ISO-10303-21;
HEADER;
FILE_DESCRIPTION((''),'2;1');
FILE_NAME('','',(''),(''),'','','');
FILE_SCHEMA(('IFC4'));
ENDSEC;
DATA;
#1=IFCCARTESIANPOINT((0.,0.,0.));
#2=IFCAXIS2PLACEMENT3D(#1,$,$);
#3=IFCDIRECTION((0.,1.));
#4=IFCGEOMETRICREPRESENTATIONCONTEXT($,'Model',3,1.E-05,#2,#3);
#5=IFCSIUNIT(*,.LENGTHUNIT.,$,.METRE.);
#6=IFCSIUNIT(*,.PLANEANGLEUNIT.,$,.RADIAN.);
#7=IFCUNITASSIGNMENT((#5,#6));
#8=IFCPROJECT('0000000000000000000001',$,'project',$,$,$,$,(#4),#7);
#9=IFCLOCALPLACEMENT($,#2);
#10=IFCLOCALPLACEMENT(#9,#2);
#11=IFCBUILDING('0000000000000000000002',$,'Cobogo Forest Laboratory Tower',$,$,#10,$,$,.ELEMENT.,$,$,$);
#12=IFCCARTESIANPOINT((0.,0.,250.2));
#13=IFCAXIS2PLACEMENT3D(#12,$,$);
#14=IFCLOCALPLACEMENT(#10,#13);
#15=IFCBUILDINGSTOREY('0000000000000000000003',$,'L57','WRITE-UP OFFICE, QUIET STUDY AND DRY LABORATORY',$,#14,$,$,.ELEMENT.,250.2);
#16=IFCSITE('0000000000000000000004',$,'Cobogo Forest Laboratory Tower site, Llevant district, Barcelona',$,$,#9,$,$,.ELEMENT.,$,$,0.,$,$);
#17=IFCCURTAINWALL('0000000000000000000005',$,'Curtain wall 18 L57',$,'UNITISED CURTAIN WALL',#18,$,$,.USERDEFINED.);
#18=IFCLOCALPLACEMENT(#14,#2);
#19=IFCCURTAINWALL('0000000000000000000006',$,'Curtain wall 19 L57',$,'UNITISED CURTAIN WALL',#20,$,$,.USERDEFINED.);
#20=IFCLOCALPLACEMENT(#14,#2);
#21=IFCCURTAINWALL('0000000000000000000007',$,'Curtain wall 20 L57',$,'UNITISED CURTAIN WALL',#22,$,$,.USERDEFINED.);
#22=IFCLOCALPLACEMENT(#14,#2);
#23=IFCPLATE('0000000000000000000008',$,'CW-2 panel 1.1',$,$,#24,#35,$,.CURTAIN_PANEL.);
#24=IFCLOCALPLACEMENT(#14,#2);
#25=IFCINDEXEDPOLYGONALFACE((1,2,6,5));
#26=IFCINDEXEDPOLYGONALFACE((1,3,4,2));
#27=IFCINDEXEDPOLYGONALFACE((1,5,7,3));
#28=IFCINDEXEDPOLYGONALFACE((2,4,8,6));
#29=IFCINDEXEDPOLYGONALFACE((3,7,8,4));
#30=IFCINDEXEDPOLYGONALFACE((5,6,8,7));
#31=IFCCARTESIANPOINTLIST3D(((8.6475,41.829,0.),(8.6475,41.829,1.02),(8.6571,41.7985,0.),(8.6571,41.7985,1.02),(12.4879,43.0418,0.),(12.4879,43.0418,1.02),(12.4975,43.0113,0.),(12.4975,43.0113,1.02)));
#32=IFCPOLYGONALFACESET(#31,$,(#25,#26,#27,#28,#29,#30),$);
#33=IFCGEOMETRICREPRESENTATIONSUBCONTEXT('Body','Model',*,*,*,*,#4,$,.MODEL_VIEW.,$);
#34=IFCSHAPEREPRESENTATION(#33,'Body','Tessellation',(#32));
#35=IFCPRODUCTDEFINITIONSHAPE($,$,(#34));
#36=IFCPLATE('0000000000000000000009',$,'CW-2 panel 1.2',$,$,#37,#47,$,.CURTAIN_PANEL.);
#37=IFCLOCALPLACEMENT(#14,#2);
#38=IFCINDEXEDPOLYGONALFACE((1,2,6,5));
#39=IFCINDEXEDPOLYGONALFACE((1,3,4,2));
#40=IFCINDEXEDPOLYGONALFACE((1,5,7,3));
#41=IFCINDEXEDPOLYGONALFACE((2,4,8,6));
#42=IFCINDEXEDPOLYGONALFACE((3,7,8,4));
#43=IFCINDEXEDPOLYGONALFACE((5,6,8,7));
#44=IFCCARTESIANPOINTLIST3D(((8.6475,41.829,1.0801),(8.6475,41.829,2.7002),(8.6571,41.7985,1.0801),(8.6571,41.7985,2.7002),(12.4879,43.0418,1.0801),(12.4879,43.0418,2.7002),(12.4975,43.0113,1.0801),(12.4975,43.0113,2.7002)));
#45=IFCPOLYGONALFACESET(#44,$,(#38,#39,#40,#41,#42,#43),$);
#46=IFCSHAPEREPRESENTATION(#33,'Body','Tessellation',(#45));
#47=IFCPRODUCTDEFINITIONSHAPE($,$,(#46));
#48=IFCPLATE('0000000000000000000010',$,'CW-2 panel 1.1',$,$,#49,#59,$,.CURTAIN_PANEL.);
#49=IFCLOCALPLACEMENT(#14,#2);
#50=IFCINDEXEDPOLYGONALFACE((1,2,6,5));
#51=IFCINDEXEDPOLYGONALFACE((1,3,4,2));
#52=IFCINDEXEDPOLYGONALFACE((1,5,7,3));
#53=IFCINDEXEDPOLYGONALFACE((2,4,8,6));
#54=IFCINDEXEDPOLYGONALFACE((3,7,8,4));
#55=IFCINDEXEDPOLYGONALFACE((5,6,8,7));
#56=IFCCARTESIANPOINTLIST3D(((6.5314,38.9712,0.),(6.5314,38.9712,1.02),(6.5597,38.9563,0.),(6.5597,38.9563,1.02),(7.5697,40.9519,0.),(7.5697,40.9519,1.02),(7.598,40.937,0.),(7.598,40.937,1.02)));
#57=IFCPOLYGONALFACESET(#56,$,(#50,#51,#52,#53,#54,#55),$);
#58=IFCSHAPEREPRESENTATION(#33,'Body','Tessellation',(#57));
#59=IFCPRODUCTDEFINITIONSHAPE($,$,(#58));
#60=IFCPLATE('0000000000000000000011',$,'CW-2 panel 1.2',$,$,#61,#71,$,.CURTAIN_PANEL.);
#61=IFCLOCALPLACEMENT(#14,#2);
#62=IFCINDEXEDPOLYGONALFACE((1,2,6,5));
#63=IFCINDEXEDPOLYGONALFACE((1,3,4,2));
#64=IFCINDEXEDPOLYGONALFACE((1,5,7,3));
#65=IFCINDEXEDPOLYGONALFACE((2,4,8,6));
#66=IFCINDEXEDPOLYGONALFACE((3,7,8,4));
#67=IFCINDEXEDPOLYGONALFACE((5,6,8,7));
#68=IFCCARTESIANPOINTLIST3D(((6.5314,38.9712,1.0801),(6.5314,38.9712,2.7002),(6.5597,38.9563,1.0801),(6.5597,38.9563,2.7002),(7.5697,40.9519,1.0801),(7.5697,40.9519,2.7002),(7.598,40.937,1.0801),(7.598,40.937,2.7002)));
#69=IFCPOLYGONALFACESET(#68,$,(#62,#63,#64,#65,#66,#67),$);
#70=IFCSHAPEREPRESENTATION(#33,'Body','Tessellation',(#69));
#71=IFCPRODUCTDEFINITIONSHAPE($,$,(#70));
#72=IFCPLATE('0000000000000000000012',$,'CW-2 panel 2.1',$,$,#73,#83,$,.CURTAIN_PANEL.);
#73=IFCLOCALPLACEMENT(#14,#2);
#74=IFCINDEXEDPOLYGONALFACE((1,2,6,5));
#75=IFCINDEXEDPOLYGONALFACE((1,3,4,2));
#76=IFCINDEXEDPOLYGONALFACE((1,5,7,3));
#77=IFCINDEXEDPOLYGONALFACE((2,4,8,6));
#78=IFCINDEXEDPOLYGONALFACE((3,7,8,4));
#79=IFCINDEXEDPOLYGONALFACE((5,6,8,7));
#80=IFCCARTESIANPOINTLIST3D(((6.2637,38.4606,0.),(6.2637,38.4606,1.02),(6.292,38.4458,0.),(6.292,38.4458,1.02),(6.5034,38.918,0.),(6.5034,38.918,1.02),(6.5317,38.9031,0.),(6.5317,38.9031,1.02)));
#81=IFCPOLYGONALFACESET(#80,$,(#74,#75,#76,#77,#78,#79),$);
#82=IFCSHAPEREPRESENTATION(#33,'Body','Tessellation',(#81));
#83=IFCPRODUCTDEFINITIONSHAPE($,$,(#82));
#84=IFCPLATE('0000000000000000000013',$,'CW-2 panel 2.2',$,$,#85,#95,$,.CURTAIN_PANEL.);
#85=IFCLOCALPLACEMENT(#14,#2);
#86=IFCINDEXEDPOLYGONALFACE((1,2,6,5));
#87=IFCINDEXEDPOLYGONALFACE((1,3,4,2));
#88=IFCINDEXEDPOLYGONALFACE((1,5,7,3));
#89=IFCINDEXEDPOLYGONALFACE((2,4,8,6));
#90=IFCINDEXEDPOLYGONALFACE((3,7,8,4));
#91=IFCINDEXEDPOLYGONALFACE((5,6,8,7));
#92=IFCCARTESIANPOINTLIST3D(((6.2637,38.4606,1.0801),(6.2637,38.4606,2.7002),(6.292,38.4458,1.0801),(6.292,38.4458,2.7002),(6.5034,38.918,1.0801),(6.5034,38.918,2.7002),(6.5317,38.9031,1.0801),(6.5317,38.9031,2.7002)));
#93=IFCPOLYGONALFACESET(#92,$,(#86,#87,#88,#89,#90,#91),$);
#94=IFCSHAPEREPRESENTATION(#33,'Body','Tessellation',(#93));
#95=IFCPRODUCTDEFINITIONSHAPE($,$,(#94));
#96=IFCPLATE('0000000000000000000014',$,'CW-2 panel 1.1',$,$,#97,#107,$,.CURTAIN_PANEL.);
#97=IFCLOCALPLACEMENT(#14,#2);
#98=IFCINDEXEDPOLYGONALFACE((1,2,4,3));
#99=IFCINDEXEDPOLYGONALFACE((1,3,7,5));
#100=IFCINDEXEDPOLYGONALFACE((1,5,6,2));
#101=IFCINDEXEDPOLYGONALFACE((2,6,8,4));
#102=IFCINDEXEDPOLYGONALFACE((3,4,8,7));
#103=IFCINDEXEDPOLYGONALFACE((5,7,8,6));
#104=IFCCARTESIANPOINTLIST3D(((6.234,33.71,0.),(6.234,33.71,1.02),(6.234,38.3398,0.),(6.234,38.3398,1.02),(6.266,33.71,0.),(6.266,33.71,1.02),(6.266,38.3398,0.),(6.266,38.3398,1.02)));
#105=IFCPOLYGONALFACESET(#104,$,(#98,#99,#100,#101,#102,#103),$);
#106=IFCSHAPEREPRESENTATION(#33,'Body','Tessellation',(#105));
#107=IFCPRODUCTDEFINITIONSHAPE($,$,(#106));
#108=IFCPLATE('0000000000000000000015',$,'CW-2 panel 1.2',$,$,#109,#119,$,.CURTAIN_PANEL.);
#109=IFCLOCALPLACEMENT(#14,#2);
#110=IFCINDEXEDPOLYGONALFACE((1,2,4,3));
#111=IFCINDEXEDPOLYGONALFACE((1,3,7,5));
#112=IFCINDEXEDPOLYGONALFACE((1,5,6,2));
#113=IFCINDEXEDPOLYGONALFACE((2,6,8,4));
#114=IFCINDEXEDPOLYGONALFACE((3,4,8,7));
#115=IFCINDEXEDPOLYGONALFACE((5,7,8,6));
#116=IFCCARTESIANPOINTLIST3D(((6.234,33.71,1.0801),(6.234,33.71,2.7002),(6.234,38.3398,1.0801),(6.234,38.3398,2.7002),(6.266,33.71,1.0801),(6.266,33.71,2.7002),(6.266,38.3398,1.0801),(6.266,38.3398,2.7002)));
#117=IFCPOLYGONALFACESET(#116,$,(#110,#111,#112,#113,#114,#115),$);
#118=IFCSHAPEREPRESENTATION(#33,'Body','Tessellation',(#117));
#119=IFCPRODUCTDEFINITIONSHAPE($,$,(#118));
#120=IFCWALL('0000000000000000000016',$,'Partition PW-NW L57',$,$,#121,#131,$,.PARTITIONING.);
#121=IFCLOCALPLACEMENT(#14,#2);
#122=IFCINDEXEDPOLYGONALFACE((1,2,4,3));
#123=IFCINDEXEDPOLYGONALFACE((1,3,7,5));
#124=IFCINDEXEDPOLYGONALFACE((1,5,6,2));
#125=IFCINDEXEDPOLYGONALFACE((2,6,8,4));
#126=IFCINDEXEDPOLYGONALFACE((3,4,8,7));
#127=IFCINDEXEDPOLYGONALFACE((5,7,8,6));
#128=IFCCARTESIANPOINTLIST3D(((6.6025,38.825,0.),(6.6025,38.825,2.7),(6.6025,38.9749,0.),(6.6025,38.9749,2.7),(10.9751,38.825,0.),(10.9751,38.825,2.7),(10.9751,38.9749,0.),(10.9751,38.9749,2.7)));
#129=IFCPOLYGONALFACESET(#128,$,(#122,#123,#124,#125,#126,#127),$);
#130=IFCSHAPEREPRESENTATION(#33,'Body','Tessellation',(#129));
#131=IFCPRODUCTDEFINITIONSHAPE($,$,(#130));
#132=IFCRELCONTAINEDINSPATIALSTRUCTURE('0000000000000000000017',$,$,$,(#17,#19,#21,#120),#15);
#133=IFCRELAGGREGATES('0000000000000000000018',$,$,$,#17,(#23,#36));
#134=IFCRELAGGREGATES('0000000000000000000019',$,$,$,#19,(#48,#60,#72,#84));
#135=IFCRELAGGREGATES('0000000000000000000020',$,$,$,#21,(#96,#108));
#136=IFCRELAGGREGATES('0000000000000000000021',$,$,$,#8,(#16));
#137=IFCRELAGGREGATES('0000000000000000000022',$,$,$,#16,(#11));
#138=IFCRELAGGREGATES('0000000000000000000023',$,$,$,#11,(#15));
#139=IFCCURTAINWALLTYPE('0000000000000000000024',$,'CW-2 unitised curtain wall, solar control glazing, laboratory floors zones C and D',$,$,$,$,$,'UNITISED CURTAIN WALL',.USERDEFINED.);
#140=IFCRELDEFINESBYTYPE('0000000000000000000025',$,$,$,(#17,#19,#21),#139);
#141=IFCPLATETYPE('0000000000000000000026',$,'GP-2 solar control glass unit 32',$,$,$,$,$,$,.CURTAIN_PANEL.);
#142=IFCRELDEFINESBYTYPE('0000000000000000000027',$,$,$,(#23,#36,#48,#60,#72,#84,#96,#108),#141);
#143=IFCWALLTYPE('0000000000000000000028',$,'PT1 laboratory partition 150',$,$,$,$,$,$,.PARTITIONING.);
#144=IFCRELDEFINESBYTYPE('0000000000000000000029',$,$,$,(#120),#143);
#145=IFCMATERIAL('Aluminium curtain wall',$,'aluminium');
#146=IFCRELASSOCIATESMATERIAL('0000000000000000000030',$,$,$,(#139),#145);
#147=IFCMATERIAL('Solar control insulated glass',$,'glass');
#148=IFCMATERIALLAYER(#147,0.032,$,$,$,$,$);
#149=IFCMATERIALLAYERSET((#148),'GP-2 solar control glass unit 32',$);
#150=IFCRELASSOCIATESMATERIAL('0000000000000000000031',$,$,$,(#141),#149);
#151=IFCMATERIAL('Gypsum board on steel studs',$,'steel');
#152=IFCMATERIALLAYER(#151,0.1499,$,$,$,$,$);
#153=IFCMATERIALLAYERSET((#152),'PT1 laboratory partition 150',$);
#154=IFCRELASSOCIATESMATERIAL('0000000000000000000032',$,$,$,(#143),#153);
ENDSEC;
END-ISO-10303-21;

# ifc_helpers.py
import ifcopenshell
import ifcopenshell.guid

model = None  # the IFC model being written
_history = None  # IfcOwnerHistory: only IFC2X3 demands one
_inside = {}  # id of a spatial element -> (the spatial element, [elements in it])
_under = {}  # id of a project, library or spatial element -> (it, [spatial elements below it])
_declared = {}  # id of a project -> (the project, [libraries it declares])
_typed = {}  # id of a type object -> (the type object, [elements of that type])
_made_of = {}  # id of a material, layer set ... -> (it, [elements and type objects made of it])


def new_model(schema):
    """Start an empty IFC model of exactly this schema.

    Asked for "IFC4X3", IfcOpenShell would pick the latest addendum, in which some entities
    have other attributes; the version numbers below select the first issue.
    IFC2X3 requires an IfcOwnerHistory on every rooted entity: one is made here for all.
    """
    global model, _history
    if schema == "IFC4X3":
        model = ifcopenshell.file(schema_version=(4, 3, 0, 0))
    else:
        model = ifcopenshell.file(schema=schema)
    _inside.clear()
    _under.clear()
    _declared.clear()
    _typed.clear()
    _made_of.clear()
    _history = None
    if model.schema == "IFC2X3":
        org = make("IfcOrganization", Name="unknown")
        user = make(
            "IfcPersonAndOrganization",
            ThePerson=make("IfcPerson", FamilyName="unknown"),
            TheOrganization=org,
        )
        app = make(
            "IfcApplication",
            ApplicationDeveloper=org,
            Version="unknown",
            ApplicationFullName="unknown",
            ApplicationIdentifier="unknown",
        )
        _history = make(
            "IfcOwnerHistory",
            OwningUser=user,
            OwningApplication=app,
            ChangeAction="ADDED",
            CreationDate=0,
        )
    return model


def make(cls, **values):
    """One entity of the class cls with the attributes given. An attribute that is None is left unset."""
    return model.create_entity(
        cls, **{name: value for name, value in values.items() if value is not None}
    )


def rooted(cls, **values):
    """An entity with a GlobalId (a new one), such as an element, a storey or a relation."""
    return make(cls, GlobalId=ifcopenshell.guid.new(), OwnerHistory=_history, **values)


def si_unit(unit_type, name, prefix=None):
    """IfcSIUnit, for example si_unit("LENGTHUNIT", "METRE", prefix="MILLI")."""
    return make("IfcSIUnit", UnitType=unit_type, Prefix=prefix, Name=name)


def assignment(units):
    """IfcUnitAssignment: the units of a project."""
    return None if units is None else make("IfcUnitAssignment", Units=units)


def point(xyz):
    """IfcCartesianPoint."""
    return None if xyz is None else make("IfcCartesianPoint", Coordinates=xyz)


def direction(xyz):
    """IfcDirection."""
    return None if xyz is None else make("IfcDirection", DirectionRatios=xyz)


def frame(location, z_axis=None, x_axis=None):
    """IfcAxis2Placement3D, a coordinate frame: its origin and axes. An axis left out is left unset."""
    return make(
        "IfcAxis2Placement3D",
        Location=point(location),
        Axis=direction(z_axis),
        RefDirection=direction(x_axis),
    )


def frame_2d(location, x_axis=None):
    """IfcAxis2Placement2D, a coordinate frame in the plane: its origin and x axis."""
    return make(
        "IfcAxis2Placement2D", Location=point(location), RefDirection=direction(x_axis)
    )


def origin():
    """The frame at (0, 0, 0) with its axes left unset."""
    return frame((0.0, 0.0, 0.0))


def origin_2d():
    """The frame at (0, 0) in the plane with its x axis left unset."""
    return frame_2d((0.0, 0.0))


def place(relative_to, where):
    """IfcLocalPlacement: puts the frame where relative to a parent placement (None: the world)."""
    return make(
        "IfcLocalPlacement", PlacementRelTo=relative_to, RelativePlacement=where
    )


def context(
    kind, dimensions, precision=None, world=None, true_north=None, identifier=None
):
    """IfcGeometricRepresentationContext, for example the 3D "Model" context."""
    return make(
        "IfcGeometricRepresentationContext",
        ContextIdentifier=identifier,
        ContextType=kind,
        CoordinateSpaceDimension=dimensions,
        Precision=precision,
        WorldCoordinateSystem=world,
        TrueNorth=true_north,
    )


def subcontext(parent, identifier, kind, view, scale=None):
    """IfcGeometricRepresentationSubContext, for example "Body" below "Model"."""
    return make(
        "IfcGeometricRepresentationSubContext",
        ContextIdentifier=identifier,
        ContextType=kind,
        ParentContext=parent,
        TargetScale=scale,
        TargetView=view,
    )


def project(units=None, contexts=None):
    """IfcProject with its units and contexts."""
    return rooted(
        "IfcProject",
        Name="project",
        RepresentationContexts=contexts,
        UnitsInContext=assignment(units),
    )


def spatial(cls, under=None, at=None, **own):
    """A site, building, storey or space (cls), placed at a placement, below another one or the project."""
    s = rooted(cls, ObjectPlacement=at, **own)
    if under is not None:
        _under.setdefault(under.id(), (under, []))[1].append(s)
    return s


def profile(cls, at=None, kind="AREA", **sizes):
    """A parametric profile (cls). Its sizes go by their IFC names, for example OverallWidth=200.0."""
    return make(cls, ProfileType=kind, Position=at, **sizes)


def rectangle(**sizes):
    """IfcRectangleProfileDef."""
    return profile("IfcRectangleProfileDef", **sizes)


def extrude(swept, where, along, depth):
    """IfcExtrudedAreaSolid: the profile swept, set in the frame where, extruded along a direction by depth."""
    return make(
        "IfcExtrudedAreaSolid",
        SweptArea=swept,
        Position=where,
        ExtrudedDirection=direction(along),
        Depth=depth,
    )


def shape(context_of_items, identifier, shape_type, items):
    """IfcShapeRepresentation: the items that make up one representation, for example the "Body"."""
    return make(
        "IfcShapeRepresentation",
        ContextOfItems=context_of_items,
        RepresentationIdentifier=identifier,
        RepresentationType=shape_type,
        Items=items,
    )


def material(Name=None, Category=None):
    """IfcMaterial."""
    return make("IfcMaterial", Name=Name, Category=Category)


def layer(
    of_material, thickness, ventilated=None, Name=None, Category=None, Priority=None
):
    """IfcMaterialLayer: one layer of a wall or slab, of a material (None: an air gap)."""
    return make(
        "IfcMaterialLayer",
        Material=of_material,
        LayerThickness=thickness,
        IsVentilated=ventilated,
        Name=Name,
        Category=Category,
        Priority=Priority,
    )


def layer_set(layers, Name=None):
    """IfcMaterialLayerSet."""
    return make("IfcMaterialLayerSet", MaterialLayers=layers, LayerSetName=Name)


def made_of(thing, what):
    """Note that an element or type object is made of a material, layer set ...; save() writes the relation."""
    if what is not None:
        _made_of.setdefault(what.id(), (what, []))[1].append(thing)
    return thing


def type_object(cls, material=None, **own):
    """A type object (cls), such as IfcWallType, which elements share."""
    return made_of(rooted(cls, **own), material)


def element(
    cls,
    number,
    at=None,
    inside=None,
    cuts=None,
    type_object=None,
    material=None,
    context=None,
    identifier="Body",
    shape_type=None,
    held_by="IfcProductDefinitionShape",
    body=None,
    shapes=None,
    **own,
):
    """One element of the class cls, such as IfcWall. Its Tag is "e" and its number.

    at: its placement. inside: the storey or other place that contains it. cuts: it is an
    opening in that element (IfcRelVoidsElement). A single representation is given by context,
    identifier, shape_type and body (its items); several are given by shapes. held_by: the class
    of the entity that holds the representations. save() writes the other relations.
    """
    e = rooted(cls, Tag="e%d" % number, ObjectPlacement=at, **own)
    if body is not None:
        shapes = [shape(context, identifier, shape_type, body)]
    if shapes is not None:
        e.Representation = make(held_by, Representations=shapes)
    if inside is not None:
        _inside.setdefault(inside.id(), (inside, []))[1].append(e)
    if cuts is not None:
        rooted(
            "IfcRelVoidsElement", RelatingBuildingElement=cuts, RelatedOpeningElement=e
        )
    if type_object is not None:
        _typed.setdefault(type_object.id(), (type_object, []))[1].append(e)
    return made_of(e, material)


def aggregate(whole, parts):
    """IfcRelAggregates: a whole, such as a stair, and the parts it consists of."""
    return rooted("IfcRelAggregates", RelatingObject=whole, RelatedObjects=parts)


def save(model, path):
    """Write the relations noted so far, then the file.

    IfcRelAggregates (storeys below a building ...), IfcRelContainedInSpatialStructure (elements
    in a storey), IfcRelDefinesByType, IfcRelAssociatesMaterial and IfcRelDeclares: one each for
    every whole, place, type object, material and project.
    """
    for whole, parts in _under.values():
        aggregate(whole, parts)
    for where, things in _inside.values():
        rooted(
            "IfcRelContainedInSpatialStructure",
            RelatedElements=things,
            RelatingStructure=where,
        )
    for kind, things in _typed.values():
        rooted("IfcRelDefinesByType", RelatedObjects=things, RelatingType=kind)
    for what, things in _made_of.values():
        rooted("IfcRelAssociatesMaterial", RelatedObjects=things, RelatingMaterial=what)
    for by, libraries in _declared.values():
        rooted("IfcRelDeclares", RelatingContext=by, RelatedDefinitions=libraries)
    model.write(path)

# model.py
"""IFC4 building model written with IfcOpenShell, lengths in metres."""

from ifc_helpers import new_model, si_unit, direction, frame, frame_2d, origin, origin_2d, place, context, subcontext, project, spatial, rectangle, extrude, material, layer, layer_set, type_object, element, aggregate, save


model = new_model("IFC4")

# Units and contexts
model_context = context("Model", 3, precision=1e-05, world=origin(), true_north=direction((0.0, 1.0)))
body_context = subcontext(model_context, "Body", "Model", "MODEL_VIEW")
ifc_project = project(units=[si_unit("LENGTHUNIT", "METRE"), si_unit("PLANEANGLEUNIT", "RADIAN")], contexts=[model_context])

# Site, building, storey
site_placement = place(None, origin())
site = spatial("IfcSite", under=ifc_project, at=site_placement, Name="Cobogo Forest Laboratory Tower site, Llevant district, Barcelona", CompositionType="ELEMENT", RefElevation=0.0)
building_placement = place(site_placement, origin())
building = spatial("IfcBuilding", under=site, at=building_placement, Name="Cobogo Forest Laboratory Tower", CompositionType="ELEMENT")
storey_placement = place(building_placement, frame((0.0, 0.0, 250.2)))
storey = spatial("IfcBuildingStorey", under=building, at=storey_placement, Name="L57", Description="WRITE-UP OFFICE, QUIET STUDY AND DRY LABORATORY", CompositionType="ELEMENT", Elevation=250.2)

# Curtain wall
ifc_material_1 = material(Name="Aluminium curtain wall", Category="aluminium")
curtain_wall_type = type_object("IfcCurtainWallType", Name="CW-2 unitised curtain wall, solar control glazing, laboratory floors zones C and D", ElementType="UNITISED CURTAIN WALL", PredefinedType="USERDEFINED", material=ifc_material_1)
curtain_wall_1_placement = place(storey_placement, origin())
curtain_wall_1 = element("IfcCurtainWall", 1, at=curtain_wall_1_placement, inside=storey, type_object=curtain_wall_type, Name="Curtain wall 18 L57", ObjectType="UNITISED CURTAIN WALL", PredefinedType="USERDEFINED")

# Curtain walls
curtain_wall_2_placement = place(storey_placement, origin())
curtain_wall_2 = element("IfcCurtainWall", 2, at=curtain_wall_2_placement, inside=storey, type_object=curtain_wall_type, Name="Curtain wall 19 L57", ObjectType="UNITISED CURTAIN WALL", PredefinedType="USERDEFINED")
curtain_wall_3_placement = place(storey_placement, origin())
curtain_wall_3 = element("IfcCurtainWall", 3, at=curtain_wall_3_placement, inside=storey, type_object=curtain_wall_type, Name="Curtain wall 20 L57", ObjectType="UNITISED CURTAIN WALL", PredefinedType="USERDEFINED")

# Plates
ifc_material_2 = material(Name="Solar control insulated glass", Category="glass")
ifc_layer_1 = layer(ifc_material_2, 0.032)
ifc_layer_set_1 = layer_set([ifc_layer_1], Name="GP-2 solar control glass unit 32")
plate_type = type_object("IfcPlateType", Name="GP-2 solar control glass unit 32", PredefinedType="CURTAIN_PANEL", material=ifc_layer_set_1)
plate_1_placement = place(storey_placement, frame((10.5725, 42.4202, 0.0), z_axis=(0.0, 0.0, 1.0), x_axis=(-0.953581, -0.301135, 0.0)))
plate_1 = element("IfcPlate", 4, at=plate_1_placement, type_object=plate_type, Name="CW-2 panel 1.1", PredefinedType="CURTAIN_PANEL", context=body_context, shape_type="SweptSolid", body=[
    extrude(rectangle(XDim=4.0273, YDim=0.032, at=origin_2d()), origin(), (0.0, 0.0, 1.0), 1.02),
])
plate_2_placement = place(storey_placement, frame((10.5725, 42.4202, 1.0801), z_axis=(0.0, 0.0, 1.0), x_axis=(-0.953581, -0.301135, 0.0)))
plate_2 = element("IfcPlate", 5, at=plate_2_placement, type_object=plate_type, Name="CW-2 panel 1.2", PredefinedType="CURTAIN_PANEL", context=body_context, shape_type="SweptSolid", body=[
    extrude(rectangle(XDim=4.0273, YDim=0.032, at=origin_2d()), origin(), (0.0, 0.0, 1.0), 1.6201),
])
aggregate(curtain_wall_1, [plate_1, plate_2])
plate_3_placement = place(storey_placement, frame((7.0647, 39.9541, 0.0), z_axis=(0.0, 0.0, 1.0), x_axis=(-0.464284, -0.885686, 0.0)))
plate_3 = element("IfcPlate", 6, at=plate_3_placement, type_object=plate_type, Name="CW-2 panel 1.1", PredefinedType="CURTAIN_PANEL", context=body_context, shape_type="SweptSolid", body=[
    extrude(rectangle(XDim=2.2363, YDim=0.032, at=origin_2d()), origin(), (0.0, 0.0, 1.0), 1.02),
])
plate_4_placement = place(storey_placement, frame((7.0647, 39.9541, 1.0801), z_axis=(0.0, 0.0, 1.0), x_axis=(-0.464284, -0.885686, 0.0)))
plate_4 = element("IfcPlate", 7, at=plate_4_placement, type_object=plate_type, Name="CW-2 panel 1.2", PredefinedType="CURTAIN_PANEL", context=body_context, shape_type="SweptSolid", body=[
    extrude(rectangle(XDim=2.2363, YDim=0.032, at=origin_2d()), origin(), (0.0, 0.0, 1.0), 1.6201),
])
plate_5_placement = place(storey_placement, frame((6.3977, 38.6819, 0.0), z_axis=(0.0, 0.0, 1.0), x_axis=(-0.464284, -0.885686, 0.0)))
plate_5 = element("IfcPlate", 8, at=plate_5_placement, type_object=plate_type, Name="CW-2 panel 2.1", PredefinedType="CURTAIN_PANEL", context=body_context, shape_type="SweptSolid", body=[
    extrude(rectangle(XDim=0.5164, YDim=0.032, at=origin_2d()), origin(), (0.0, 0.0, 1.0), 1.02),
])
plate_6_placement = place(storey_placement, frame((6.3977, 38.6819, 1.0801), z_axis=(0.0, 0.0, 1.0), x_axis=(-0.464284, -0.885686, 0.0)))
plate_6 = element("IfcPlate", 9, at=plate_6_placement, type_object=plate_type, Name="CW-2 panel 2.2", PredefinedType="CURTAIN_PANEL", context=body_context, shape_type="SweptSolid", body=[
    extrude(rectangle(XDim=0.5164, YDim=0.032, at=origin_2d()), origin(), (0.0, 0.0, 1.0), 1.6201),
])
aggregate(curtain_wall_2, [plate_3, plate_4, plate_5, plate_6])
plate_7_placement = place(storey_placement, frame((6.25, 36.0249, 0.0), z_axis=(0.0, 0.0, 1.0), x_axis=(0.0, -1.0, 0.0)))
plate_7 = element("IfcPlate", 10, at=plate_7_placement, type_object=plate_type, Name="CW-2 panel 1.1", PredefinedType="CURTAIN_PANEL", context=body_context, shape_type="SweptSolid", body=[
    extrude(rectangle(XDim=4.6299, YDim=0.032, at=origin_2d()), origin(), (0.0, 0.0, 1.0), 1.02),
])
plate_8_placement = place(storey_placement, frame((6.25, 36.0249, 1.0801), z_axis=(0.0, 0.0, 1.0), x_axis=(0.0, -1.0, 0.0)))
plate_8 = element("IfcPlate", 11, at=plate_8_placement, type_object=plate_type, Name="CW-2 panel 1.2", PredefinedType="CURTAIN_PANEL", context=body_context, shape_type="SweptSolid", body=[
    extrude(rectangle(XDim=4.6299, YDim=0.032, at=origin_2d()), origin(), (0.0, 0.0, 1.0), 1.6201),
])
aggregate(curtain_wall_3, [plate_7, plate_8])

# Wall
ifc_material_3 = material(Name="Gypsum board on steel studs", Category="steel")
ifc_layer_2 = layer(ifc_material_3, 0.1499)
ifc_layer_set_2 = layer_set([ifc_layer_2], Name="PT1 laboratory partition 150")
wall_type_1 = type_object("IfcWallType", Name="PT1 laboratory partition 150", PredefinedType="PARTITIONING", material=ifc_layer_set_2)
wall_1_placement = place(storey_placement, frame((6.6025, 38.8999, 0.0), z_axis=(0.0, 0.0, 1.0), x_axis=(1.0, 0.0, 0.0)))
element("IfcWall", 12, at=wall_1_placement, inside=storey, type_object=wall_type_1, Name="Partition PW-NW L57", PredefinedType="PARTITIONING", context=body_context, shape_type="SweptSolid", body=[
    extrude(rectangle(XDim=4.3726, YDim=0.1499, at=frame_2d((2.1863, 0.0))), origin(), (0.0, 0.0, 1.0), 2.7),
])

save(model, "model.ifc")
